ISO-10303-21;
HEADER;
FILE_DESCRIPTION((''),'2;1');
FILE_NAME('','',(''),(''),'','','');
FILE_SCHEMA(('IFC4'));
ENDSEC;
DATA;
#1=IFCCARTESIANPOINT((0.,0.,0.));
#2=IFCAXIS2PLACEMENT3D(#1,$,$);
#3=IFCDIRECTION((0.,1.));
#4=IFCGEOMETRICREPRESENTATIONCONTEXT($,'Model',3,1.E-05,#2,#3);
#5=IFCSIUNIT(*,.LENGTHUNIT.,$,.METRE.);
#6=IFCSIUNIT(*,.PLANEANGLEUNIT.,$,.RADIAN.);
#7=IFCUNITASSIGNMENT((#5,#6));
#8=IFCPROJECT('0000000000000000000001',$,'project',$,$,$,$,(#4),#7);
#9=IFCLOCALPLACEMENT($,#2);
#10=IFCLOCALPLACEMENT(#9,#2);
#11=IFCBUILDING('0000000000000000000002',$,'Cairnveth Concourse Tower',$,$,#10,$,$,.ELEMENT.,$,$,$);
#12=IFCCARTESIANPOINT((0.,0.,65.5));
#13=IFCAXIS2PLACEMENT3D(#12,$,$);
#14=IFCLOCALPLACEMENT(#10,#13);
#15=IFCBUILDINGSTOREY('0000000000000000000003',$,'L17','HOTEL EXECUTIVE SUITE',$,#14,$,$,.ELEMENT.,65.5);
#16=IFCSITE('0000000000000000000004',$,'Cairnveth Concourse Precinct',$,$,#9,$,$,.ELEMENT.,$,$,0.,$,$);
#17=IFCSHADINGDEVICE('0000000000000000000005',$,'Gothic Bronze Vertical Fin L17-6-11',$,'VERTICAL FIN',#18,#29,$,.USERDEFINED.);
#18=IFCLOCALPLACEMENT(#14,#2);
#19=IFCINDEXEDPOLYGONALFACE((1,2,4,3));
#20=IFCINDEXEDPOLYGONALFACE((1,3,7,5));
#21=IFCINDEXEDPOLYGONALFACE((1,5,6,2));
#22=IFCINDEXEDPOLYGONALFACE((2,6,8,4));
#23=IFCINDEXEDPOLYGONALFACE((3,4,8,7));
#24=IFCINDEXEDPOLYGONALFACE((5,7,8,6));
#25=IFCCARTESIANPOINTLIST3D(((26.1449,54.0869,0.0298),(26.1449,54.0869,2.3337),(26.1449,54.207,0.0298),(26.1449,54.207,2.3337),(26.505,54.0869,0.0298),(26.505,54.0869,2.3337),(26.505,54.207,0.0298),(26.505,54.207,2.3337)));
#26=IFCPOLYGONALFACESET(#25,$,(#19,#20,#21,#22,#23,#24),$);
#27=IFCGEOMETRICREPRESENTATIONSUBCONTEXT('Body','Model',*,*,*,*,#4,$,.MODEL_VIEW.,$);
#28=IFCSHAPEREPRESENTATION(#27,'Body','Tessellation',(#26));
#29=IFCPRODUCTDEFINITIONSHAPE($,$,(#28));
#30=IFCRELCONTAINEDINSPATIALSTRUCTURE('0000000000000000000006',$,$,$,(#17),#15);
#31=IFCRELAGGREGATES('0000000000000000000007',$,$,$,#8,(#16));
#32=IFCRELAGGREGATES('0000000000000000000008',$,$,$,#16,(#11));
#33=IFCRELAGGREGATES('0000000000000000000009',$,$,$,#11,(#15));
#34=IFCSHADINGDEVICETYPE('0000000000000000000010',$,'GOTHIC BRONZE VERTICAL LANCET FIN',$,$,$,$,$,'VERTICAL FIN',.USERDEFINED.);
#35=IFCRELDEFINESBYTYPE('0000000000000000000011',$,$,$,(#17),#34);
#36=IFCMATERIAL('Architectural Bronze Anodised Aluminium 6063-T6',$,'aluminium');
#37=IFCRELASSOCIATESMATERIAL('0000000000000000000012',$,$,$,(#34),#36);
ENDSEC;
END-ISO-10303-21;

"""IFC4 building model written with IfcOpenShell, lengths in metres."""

from ifc_helpers import new_model, si_unit, direction, frame, origin, origin_2d, place, context, subcontext, project, spatial, rectangle, extrude, material, type_object, element, save


model = new_model("IFC4")

# Units and contexts
model_context = context("Model", 3, precision=1e-05, world=origin(), true_north=direction((0.0, 1.0)))
body_context = subcontext(model_context, "Body", "Model", "MODEL_VIEW")
ifc_project = project(units=[si_unit("LENGTHUNIT", "METRE"), si_unit("PLANEANGLEUNIT", "RADIAN")], contexts=[model_context])

# Site, building, storey
site_placement = place(None, origin())
site = spatial("IfcSite", under=ifc_project, at=site_placement, Name="Cairnveth Concourse Precinct", CompositionType="ELEMENT", RefElevation=0.0)
building_placement = place(site_placement, origin())
building = spatial("IfcBuilding", under=site, at=building_placement, Name="Cairnveth Concourse Tower", CompositionType="ELEMENT")
storey_placement = place(building_placement, frame((0.0, 0.0, 65.5)))
storey = spatial("IfcBuildingStorey", under=building, at=storey_placement, Name="L17", Description="HOTEL EXECUTIVE SUITE", CompositionType="ELEMENT", Elevation=65.5)

# Shading device
ifc_material_1 = material(Name="Architectural Bronze Anodised Aluminium 6063-T6", Category="aluminium")
shading_device_type = type_object("IfcShadingDeviceType", Name="GOTHIC BRONZE VERTICAL LANCET FIN", ElementType="VERTICAL FIN", PredefinedType="USERDEFINED", material=ifc_material_1)
shading_device_placement = place(storey_placement, frame((26.325, 54.147, 0.0298), z_axis=(0.0, 0.0, 1.0), x_axis=(0.0, 1.0, 0.0)))
element("IfcShadingDevice", 1, at=shading_device_placement, inside=storey, type_object=shading_device_type, Name="Gothic Bronze Vertical Fin L17-6-11", ObjectType="VERTICAL FIN", PredefinedType="USERDEFINED", context=body_context, shape_type="SweptSolid", body=[
    extrude(rectangle(XDim=0.1201, YDim=0.3601, at=origin_2d()), origin(), (0.0, 0.0, 1.0), 2.304),
])

save(model, "model.ifc")
